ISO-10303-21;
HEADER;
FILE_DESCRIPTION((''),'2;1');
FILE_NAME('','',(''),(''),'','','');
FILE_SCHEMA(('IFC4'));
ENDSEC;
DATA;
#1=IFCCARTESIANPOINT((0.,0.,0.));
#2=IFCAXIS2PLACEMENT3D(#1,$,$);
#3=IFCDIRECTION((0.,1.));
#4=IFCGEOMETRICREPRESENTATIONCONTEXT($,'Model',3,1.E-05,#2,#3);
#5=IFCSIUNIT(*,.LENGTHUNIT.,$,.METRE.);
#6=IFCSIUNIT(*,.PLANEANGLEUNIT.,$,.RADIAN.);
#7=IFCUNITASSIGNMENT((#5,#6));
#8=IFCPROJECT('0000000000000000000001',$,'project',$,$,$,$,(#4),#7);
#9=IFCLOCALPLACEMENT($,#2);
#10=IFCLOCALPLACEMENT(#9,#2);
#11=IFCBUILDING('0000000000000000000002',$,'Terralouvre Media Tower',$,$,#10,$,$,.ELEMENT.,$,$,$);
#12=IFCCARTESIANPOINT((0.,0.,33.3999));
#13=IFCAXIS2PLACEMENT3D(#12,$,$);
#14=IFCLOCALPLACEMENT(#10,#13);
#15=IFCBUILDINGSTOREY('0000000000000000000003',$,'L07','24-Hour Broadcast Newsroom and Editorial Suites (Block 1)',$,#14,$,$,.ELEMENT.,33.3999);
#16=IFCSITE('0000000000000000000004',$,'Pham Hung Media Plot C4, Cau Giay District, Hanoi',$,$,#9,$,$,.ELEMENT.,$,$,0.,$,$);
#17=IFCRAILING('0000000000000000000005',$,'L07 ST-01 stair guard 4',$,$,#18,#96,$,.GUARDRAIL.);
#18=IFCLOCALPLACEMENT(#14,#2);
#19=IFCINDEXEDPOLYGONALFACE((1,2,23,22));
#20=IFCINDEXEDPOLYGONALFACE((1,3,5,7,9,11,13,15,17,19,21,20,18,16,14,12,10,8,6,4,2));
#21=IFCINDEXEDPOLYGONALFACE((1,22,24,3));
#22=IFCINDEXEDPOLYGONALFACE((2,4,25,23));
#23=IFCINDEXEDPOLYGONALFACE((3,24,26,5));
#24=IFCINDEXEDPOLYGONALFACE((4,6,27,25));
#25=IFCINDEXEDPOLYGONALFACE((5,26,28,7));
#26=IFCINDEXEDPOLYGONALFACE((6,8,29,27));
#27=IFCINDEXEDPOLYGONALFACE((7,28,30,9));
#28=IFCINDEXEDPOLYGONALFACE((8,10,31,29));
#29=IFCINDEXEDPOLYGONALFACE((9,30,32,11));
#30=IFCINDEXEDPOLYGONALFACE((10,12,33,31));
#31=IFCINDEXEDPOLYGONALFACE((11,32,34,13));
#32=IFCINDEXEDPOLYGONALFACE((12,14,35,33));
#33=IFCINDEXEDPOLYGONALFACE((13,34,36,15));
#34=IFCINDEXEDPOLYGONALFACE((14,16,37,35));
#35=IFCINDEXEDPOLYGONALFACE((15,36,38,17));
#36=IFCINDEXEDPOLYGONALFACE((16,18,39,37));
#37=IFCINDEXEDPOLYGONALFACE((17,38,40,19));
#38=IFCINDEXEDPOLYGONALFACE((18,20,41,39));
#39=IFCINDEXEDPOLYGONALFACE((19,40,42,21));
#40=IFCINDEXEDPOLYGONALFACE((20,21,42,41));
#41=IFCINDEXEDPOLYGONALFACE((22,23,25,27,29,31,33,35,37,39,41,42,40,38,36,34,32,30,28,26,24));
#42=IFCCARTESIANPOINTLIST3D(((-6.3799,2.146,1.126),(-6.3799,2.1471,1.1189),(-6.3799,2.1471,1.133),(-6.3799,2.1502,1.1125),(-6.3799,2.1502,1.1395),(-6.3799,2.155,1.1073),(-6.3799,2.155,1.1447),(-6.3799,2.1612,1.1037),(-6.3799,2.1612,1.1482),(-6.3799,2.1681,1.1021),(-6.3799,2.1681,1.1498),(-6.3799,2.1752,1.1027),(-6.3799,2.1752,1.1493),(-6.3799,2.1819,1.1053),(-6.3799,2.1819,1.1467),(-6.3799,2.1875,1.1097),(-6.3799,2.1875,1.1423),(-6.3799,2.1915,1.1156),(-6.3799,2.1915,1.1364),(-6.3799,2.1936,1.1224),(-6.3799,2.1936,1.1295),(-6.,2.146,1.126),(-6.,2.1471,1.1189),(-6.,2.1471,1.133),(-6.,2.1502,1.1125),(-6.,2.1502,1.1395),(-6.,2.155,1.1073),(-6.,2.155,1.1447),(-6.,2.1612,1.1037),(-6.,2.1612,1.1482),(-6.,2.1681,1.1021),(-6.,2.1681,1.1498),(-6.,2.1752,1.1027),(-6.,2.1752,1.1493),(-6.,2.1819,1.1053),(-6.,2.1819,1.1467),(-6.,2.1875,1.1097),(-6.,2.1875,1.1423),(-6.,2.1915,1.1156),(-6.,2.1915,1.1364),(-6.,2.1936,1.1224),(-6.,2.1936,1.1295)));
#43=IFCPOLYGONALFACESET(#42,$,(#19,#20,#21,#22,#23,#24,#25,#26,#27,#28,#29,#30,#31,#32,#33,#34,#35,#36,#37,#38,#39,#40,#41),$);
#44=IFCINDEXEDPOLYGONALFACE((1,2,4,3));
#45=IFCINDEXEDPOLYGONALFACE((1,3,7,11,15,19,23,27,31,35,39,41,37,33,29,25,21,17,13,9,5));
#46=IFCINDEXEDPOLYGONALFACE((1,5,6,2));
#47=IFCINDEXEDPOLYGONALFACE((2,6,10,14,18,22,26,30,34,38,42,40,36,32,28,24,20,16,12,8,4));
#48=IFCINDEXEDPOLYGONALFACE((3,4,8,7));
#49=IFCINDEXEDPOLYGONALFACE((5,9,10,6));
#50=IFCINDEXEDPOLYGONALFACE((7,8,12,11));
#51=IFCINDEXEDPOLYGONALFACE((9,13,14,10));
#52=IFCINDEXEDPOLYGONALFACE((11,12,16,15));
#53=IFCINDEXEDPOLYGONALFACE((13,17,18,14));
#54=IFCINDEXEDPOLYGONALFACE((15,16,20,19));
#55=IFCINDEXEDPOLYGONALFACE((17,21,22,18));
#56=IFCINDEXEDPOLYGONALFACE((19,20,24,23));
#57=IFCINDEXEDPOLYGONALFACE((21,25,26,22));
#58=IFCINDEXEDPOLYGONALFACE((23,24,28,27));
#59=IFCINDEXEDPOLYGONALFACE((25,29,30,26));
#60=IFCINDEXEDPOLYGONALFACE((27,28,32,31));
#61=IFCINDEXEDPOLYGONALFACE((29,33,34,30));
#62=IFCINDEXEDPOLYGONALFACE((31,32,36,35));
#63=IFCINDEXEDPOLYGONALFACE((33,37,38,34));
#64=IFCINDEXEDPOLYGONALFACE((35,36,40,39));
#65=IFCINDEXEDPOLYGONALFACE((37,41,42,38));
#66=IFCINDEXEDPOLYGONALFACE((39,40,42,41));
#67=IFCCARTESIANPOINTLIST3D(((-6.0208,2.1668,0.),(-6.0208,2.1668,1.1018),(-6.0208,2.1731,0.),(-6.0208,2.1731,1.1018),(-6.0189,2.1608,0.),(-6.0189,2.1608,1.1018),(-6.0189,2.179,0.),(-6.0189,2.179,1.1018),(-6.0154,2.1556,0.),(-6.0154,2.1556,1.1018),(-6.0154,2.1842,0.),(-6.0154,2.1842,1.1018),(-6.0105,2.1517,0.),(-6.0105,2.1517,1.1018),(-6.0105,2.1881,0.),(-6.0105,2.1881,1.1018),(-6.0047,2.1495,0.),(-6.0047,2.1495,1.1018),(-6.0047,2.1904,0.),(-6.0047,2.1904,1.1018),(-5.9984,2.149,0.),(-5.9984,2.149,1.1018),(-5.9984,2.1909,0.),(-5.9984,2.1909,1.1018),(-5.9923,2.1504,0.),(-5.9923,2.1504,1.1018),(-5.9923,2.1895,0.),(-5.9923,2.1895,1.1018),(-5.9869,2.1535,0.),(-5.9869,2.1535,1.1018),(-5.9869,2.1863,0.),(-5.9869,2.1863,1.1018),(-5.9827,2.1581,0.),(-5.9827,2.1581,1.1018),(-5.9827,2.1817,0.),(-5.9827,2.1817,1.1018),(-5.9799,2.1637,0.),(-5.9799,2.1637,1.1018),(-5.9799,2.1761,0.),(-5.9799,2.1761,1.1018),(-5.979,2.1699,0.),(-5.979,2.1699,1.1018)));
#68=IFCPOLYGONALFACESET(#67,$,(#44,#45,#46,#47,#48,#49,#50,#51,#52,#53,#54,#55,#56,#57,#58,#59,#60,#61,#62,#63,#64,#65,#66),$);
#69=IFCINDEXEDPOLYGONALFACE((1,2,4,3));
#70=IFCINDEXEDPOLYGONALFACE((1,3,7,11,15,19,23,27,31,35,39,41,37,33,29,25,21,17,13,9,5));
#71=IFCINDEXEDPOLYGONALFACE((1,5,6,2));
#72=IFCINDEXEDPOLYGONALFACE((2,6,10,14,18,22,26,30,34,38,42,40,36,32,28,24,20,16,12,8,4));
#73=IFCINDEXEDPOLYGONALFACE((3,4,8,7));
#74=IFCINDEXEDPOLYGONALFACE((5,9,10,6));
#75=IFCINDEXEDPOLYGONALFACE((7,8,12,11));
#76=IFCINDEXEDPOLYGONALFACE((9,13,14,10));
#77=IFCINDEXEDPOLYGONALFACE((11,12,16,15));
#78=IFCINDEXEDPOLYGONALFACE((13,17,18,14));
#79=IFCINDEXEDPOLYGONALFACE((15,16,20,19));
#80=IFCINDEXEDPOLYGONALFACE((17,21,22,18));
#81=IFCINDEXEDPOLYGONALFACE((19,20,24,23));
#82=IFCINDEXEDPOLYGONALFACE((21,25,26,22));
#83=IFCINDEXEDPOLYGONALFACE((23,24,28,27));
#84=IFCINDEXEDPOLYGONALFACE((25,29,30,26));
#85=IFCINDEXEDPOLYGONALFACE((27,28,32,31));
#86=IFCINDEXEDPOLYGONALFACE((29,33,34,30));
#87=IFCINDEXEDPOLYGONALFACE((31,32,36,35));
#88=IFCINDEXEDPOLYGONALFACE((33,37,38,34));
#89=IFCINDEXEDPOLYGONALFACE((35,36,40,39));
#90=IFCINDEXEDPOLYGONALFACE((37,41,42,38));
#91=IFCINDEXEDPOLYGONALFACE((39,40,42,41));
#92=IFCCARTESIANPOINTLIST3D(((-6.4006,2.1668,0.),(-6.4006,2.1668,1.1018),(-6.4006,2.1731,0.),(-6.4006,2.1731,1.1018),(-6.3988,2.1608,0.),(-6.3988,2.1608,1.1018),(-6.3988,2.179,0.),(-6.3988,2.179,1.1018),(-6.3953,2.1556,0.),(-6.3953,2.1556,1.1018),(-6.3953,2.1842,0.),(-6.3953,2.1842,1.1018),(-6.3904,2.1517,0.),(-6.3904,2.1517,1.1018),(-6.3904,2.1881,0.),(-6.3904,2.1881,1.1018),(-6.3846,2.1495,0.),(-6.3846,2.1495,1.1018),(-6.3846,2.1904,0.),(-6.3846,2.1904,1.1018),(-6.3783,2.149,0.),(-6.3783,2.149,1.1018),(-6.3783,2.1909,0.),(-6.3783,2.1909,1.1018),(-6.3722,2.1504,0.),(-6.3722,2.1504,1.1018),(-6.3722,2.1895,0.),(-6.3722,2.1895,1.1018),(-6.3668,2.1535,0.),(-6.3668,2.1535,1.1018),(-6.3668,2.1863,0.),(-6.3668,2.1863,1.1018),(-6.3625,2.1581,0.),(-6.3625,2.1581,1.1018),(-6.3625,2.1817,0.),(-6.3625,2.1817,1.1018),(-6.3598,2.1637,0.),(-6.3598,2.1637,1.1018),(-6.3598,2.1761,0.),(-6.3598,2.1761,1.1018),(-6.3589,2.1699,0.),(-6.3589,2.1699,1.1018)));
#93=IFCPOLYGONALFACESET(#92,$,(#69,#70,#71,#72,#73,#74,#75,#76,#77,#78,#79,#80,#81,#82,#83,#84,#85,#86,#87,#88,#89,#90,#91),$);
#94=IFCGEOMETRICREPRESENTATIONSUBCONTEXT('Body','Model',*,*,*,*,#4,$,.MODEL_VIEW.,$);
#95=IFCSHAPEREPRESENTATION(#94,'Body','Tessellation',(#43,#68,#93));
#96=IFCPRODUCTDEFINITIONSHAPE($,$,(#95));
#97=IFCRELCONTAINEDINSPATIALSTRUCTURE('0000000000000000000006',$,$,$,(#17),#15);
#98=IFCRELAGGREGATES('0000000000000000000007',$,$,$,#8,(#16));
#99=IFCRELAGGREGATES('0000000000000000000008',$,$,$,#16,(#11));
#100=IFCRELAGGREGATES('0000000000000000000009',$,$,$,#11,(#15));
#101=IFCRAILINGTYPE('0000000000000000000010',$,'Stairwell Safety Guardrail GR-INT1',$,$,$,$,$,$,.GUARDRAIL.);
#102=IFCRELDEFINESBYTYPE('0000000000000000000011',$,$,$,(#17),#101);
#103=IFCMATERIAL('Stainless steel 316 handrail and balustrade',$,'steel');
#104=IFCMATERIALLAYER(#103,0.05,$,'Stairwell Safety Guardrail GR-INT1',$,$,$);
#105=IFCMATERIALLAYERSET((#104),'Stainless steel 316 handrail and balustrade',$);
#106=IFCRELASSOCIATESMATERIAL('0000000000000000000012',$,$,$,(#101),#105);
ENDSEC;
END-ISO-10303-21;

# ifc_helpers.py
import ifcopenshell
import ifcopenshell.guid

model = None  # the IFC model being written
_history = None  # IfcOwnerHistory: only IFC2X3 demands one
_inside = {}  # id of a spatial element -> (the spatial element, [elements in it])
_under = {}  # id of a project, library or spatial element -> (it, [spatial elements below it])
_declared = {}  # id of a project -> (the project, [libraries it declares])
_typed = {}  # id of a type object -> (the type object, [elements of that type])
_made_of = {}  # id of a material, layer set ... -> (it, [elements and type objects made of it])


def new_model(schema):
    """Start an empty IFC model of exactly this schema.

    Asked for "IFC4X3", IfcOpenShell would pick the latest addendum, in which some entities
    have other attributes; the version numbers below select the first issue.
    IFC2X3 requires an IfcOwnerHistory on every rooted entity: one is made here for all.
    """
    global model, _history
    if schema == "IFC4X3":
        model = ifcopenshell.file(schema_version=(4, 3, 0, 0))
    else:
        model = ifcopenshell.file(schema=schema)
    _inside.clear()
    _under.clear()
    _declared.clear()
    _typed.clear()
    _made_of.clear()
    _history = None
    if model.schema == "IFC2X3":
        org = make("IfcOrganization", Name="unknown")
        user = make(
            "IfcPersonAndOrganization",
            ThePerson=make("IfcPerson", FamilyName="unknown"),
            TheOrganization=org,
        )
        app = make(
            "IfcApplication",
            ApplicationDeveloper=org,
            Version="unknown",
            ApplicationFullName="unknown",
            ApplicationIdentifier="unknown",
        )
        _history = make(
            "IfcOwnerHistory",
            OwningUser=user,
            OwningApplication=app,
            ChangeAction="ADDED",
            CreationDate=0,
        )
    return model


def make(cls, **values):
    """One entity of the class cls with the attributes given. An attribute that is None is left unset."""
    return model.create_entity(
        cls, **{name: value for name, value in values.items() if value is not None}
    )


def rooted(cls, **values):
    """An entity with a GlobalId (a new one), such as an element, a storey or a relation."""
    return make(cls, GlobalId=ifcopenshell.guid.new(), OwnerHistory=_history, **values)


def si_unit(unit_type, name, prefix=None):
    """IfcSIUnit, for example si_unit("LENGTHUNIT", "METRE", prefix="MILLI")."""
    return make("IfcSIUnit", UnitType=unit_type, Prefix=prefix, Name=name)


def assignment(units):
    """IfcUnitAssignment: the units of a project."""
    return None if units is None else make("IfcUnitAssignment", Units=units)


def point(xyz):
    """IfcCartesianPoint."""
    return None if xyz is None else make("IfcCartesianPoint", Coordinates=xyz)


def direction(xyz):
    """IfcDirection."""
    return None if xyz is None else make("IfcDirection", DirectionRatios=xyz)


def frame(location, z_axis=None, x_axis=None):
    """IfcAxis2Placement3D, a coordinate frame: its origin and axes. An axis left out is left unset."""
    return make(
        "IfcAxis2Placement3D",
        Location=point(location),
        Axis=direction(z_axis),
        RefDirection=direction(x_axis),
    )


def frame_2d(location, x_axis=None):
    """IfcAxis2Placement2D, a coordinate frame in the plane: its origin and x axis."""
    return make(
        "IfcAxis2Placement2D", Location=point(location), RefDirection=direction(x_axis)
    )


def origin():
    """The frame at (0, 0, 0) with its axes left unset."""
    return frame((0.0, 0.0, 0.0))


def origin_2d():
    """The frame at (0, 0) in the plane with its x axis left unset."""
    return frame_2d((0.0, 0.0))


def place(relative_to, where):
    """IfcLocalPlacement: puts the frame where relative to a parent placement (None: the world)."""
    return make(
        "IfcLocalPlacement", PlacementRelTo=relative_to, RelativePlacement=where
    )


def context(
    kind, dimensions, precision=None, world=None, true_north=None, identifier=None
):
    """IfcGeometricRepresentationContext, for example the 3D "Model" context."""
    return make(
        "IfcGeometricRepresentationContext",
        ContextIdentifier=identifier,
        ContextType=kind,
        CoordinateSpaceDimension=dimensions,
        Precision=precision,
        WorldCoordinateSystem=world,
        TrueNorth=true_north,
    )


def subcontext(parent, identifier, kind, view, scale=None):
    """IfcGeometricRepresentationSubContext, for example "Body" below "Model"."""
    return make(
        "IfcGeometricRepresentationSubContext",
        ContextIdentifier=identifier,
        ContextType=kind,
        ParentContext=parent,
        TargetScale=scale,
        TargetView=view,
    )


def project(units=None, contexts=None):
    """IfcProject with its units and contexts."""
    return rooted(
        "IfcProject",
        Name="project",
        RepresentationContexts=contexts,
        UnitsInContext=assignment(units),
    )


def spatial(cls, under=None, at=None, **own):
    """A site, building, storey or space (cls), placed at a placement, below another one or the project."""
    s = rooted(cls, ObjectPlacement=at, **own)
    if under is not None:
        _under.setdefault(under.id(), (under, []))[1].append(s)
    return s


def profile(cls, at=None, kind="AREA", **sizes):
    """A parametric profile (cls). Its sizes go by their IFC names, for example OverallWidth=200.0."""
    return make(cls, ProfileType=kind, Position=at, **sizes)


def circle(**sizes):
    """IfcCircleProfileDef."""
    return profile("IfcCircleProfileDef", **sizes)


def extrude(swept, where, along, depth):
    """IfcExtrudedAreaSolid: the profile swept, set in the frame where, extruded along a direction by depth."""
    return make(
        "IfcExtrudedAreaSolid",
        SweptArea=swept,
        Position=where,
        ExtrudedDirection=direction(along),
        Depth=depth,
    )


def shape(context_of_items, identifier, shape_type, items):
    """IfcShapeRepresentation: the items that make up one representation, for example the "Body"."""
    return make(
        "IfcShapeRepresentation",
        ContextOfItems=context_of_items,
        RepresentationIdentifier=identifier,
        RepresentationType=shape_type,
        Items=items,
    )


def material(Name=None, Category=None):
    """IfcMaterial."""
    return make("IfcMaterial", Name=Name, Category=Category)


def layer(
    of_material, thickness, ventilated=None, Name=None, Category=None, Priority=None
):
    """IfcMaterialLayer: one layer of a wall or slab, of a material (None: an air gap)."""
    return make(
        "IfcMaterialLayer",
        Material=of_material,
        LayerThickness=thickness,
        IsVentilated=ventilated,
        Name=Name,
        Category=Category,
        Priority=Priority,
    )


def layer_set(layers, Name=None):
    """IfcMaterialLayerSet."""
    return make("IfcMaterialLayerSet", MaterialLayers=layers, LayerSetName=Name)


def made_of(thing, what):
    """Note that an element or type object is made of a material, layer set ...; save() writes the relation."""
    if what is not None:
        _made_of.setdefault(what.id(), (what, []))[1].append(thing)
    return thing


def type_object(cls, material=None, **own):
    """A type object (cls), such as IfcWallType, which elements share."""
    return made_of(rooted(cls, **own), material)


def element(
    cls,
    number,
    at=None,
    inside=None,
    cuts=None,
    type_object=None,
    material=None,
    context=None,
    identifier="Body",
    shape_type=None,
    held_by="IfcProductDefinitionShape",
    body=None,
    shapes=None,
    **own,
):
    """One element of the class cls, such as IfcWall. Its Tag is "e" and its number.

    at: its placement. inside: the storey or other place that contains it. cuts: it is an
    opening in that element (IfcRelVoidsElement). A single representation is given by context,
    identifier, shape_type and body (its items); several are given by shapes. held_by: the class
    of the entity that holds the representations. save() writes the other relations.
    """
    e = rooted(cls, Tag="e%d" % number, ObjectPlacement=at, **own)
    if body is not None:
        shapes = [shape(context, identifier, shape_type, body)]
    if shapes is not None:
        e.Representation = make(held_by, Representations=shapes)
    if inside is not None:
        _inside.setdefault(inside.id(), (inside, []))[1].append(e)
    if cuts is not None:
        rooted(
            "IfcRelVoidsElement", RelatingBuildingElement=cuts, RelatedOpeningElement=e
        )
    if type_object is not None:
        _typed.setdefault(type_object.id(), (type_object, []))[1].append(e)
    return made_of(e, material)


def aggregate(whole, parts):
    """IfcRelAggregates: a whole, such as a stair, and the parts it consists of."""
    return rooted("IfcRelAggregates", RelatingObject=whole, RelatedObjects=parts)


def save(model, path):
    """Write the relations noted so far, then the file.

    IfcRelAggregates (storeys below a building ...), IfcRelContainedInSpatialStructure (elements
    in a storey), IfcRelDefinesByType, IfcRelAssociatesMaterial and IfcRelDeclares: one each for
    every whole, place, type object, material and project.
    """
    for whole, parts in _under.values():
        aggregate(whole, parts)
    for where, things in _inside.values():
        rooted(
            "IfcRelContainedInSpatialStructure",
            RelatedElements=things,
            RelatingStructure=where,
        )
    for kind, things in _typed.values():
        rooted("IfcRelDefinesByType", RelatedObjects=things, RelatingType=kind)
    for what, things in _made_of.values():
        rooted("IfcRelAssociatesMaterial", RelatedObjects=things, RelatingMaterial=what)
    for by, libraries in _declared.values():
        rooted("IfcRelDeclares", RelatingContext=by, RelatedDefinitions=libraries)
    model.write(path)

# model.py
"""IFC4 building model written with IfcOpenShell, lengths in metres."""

from ifc_helpers import new_model, si_unit, direction, frame, origin, origin_2d, place, context, subcontext, project, spatial, circle, extrude, material, layer, layer_set, type_object, element, save


model = new_model("IFC4")

# Units and contexts
model_context = context("Model", 3, precision=1e-05, world=origin(), true_north=direction((0.0, 1.0)))
body_context = subcontext(model_context, "Body", "Model", "MODEL_VIEW")
ifc_project = project(units=[si_unit("LENGTHUNIT", "METRE"), si_unit("PLANEANGLEUNIT", "RADIAN")], contexts=[model_context])

# Site, building, storey
site_placement = place(None, origin())
site = spatial("IfcSite", under=ifc_project, at=site_placement, Name="Pham Hung Media Plot C4, Cau Giay District, Hanoi", CompositionType="ELEMENT", RefElevation=0.0)
building_placement = place(site_placement, origin())
building = spatial("IfcBuilding", under=site, at=building_placement, Name="Terralouvre Media Tower", CompositionType="ELEMENT")
storey_placement = place(building_placement, frame((0.0, 0.0, 33.3999)))
storey = spatial("IfcBuildingStorey", under=building, at=storey_placement, Name="L07", Description="24-Hour Broadcast Newsroom and Editorial Suites (Block 1)", CompositionType="ELEMENT", Elevation=33.3999)

# Railing
ifc_material_1 = material(Name="Stainless steel 316 handrail and balustrade", Category="steel")
ifc_layer_1 = layer(ifc_material_1, 0.05, Name="Stairwell Safety Guardrail GR-INT1")
ifc_layer_set_1 = layer_set([ifc_layer_1], Name="Stainless steel 316 handrail and balustrade")
railing_type_1 = type_object("IfcRailingType", Name="Stairwell Safety Guardrail GR-INT1", PredefinedType="GUARDRAIL", material=ifc_layer_set_1)
railing_1_placement = place(storey_placement, frame((-6.0, 2.1699, 0.0)))
element("IfcRailing", 1, at=railing_1_placement, inside=storey, type_object=railing_type_1, Name="L07 ST-01 stair guard 4", PredefinedType="GUARDRAIL", context=body_context, shape_type="SweptSolid", body=[
    extrude(circle(Radius=0.0239, at=origin_2d()), frame((0.0, 0.0, 1.126), z_axis=(-1.0, 0.0, 0.0), x_axis=(0.0, -1.0, 0.0)), (0.0, 0.0, 1.0), 0.3799),
    extrude(circle(Radius=0.021, at=origin_2d()), origin(), (0.0, 0.0, 1.0), 1.1018),
    extrude(circle(Radius=0.021, at=origin_2d()), frame((-0.3799, 0.0, 0.0)), (0.0, 0.0, 1.0), 1.1018),
])

save(model, "model.ifc")
